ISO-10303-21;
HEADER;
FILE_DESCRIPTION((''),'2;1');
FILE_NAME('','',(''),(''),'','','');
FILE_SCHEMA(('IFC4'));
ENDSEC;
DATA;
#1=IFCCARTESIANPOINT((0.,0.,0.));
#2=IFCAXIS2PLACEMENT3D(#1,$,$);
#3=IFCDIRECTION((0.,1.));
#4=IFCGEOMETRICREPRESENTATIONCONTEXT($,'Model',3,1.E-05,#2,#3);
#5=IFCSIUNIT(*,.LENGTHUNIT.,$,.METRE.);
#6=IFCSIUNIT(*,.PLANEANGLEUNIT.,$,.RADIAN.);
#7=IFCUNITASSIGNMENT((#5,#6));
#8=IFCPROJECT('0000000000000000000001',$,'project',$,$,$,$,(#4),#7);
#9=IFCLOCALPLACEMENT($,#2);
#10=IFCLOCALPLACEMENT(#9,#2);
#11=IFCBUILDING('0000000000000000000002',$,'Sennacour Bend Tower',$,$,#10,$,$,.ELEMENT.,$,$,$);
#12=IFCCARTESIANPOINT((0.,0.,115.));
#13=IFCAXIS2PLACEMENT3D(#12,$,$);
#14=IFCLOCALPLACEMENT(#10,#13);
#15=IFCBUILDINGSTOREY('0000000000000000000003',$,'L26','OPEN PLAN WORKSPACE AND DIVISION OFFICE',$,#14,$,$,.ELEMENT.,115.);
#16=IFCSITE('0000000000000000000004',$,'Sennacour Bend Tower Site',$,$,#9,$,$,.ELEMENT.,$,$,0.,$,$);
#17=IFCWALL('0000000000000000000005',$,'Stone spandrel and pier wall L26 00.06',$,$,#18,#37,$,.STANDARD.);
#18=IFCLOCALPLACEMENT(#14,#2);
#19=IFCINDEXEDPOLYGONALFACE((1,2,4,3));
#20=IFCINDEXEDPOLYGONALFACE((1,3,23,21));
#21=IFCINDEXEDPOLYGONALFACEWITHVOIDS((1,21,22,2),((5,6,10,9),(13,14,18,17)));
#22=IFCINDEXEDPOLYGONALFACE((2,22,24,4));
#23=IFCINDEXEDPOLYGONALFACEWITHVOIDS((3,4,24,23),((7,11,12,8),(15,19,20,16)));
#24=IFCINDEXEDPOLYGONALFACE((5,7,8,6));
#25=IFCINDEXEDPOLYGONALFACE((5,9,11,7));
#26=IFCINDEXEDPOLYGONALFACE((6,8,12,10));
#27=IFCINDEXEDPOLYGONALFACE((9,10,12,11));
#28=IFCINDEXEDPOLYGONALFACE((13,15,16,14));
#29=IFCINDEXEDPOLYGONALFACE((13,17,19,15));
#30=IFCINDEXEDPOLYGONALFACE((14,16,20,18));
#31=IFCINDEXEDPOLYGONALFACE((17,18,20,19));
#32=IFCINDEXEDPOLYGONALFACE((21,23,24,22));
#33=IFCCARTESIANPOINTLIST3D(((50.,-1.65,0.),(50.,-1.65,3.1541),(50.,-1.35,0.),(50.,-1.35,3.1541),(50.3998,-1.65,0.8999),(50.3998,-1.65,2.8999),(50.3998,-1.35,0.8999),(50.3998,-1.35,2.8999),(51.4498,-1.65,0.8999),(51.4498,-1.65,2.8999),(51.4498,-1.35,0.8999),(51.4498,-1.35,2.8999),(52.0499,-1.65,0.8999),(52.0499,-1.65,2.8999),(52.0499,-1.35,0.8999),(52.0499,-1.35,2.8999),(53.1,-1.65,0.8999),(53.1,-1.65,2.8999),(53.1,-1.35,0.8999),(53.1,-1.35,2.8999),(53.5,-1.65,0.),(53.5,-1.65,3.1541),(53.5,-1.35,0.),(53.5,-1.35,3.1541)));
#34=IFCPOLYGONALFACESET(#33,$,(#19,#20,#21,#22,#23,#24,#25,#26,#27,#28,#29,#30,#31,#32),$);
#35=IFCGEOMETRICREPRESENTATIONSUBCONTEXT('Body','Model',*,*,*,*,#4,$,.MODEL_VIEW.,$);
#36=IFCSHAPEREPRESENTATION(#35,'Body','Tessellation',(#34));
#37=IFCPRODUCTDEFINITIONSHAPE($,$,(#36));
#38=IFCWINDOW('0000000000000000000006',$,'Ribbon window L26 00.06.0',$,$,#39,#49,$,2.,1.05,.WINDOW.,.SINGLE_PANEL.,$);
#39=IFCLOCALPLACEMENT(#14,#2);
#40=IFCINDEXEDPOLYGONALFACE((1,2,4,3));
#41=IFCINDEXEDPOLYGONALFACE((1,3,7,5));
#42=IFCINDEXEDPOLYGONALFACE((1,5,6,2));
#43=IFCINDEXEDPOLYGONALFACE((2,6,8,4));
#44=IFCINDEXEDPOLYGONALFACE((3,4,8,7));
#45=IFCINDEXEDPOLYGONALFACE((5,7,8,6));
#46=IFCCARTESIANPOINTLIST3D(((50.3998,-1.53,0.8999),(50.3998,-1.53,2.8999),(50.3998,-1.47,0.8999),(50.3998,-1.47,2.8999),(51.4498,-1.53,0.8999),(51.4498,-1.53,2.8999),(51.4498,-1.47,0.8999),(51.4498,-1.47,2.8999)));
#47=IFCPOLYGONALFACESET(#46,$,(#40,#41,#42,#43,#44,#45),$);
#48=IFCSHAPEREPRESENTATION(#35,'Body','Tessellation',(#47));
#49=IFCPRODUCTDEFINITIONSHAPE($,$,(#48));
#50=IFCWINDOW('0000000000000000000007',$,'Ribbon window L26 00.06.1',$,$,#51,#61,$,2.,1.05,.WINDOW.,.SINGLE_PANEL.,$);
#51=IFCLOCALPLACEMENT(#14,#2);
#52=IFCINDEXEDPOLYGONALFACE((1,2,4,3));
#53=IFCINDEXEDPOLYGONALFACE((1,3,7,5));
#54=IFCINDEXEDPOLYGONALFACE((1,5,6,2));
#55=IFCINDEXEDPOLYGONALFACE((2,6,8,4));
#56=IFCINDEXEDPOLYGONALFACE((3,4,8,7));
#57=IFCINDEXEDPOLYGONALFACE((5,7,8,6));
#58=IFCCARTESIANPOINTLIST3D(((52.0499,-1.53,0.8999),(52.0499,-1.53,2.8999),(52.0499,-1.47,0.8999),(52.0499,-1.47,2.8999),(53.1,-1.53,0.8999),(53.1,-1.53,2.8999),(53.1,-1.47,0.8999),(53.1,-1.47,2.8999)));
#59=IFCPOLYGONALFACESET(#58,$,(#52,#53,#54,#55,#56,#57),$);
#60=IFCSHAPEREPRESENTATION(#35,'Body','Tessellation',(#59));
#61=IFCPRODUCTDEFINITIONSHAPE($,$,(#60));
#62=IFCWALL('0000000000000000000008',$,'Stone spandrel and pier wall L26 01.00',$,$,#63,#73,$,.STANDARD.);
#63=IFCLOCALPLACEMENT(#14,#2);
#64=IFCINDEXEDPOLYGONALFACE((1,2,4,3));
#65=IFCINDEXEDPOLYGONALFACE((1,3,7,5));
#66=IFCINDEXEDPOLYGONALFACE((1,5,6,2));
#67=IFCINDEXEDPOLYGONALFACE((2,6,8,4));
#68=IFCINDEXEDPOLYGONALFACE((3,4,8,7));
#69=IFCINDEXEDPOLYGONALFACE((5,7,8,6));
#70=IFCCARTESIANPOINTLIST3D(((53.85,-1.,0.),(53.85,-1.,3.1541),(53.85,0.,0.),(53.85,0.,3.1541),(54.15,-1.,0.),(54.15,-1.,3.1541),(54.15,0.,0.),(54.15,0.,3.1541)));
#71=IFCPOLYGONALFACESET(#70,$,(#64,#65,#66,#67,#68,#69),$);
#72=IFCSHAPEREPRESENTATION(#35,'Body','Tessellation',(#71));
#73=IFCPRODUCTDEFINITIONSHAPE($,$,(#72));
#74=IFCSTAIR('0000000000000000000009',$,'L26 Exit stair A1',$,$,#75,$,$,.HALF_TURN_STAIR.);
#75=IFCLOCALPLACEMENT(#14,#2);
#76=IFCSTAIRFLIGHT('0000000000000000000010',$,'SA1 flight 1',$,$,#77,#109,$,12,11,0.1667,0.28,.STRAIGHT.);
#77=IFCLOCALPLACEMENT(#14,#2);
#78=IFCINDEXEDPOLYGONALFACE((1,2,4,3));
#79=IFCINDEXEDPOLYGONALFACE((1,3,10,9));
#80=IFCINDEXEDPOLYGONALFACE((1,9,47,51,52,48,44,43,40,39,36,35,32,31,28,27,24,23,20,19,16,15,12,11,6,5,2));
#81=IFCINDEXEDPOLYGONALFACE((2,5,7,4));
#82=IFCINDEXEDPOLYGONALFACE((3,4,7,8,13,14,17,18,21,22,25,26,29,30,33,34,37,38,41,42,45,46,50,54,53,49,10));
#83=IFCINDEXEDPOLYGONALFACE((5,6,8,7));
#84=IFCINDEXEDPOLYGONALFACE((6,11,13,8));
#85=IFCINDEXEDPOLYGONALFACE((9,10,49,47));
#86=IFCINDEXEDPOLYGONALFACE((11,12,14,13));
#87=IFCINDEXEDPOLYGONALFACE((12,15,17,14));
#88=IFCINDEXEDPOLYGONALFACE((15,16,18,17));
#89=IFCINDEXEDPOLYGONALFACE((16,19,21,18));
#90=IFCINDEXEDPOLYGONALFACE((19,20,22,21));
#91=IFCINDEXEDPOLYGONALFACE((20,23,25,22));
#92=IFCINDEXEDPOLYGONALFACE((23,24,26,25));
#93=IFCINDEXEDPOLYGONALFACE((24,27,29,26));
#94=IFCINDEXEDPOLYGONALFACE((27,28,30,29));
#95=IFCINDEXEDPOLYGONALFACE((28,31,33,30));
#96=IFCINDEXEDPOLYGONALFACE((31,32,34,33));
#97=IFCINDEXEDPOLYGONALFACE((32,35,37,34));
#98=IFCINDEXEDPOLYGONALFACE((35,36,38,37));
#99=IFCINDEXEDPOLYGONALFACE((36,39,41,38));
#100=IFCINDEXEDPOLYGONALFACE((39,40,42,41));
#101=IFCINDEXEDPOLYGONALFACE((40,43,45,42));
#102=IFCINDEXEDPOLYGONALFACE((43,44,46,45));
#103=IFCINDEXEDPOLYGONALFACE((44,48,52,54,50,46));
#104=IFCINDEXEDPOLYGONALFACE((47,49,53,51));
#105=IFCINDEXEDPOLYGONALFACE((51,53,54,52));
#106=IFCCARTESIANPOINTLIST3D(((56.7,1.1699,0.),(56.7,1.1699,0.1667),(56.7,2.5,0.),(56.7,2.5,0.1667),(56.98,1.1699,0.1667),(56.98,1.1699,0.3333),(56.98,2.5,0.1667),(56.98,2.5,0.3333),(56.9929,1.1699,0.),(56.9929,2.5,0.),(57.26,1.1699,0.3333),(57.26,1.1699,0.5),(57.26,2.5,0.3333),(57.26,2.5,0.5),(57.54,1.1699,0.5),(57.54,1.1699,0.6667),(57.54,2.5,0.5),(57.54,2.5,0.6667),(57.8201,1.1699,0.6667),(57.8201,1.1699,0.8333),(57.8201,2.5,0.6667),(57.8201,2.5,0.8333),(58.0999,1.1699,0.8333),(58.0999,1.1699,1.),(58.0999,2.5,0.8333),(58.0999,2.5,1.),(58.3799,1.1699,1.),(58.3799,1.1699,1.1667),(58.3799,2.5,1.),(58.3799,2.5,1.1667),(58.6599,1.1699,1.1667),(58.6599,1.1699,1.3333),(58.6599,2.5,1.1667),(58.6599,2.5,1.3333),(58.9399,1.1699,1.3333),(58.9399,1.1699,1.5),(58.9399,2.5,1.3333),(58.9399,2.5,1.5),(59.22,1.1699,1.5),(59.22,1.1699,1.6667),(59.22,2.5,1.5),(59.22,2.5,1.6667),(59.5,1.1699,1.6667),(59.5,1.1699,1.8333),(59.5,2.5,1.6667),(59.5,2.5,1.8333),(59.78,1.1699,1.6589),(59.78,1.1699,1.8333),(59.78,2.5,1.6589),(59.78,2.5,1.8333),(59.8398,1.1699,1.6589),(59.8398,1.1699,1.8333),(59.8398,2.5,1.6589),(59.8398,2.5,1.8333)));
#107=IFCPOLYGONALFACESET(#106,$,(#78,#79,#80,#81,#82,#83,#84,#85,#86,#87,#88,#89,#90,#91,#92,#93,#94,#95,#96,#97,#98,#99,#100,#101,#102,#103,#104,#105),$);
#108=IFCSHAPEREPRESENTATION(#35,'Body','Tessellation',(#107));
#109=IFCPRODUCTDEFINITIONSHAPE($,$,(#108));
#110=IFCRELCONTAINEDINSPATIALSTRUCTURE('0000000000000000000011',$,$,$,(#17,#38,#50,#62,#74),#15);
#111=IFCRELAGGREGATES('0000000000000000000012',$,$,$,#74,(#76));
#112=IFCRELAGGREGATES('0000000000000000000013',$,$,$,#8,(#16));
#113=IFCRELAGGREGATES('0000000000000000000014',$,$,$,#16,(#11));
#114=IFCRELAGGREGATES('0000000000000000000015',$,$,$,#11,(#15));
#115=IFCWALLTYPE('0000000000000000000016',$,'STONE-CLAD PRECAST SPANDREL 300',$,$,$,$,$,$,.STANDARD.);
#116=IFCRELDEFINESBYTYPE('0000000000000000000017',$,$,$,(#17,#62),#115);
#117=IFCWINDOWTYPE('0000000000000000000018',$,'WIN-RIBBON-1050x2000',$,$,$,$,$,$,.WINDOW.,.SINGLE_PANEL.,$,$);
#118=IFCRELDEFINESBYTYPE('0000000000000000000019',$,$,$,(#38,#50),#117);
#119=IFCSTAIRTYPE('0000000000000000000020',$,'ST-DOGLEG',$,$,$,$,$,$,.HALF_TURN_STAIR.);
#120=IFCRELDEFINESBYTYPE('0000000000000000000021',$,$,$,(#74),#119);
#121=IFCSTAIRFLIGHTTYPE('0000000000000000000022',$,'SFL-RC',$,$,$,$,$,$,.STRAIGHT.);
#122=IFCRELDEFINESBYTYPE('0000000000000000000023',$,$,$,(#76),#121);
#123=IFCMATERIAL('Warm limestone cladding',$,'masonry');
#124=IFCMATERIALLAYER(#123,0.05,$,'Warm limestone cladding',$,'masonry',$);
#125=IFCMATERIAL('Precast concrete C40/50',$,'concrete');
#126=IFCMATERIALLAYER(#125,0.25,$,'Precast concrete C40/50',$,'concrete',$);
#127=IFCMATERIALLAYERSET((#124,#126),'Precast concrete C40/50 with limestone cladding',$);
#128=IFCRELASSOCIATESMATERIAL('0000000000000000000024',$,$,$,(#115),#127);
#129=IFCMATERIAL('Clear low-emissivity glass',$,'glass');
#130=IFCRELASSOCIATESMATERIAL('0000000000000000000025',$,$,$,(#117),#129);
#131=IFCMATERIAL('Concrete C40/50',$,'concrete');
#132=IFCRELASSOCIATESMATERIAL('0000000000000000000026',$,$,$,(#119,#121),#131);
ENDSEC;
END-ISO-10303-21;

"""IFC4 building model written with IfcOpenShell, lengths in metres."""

from ifc_helpers import new_model, si_unit, direction, frame, frame_2d, origin, place, context, subcontext, project, spatial, polyline, rectangle, outline, extrude, material, layer, layer_set, type_object, element, fill, aggregate, save


model = new_model("IFC4")

# Units and contexts
model_context = context("Model", 3, precision=1e-05, world=origin(), true_north=direction((0.0, 1.0)))
body_context = subcontext(model_context, "Body", "Model", "MODEL_VIEW")
ifc_project = project(units=[si_unit("LENGTHUNIT", "METRE"), si_unit("PLANEANGLEUNIT", "RADIAN")], contexts=[model_context])

# Site, building, storey
site_placement = place(None, origin())
site = spatial("IfcSite", under=ifc_project, at=site_placement, Name="Sennacour Bend Tower Site", CompositionType="ELEMENT", RefElevation=0.0)
building_placement = place(site_placement, origin())
building = spatial("IfcBuilding", under=site, at=building_placement, Name="Sennacour Bend Tower", CompositionType="ELEMENT")
storey_placement = place(building_placement, frame((0.0, 0.0, 115.0)))
storey = spatial("IfcBuildingStorey", under=building, at=storey_placement, Name="L26", Description="OPEN PLAN WORKSPACE AND DIVISION OFFICE", CompositionType="ELEMENT", Elevation=115.0)

# Wall, openings, windows
ifc_material_1 = material(Name="Warm limestone cladding", Category="masonry")
ifc_layer_1 = layer(ifc_material_1, 0.05, Name="Warm limestone cladding", Category="masonry")
ifc_material_2 = material(Name="Precast concrete C40/50", Category="concrete")
ifc_layer_2 = layer(ifc_material_2, 0.25, Name="Precast concrete C40/50", Category="concrete")
ifc_layer_set_1 = layer_set([ifc_layer_1, ifc_layer_2], Name="Precast concrete C40/50 with limestone cladding")
wall_type_1 = type_object("IfcWallType", Name="STONE-CLAD PRECAST SPANDREL 300", PredefinedType="STANDARD", material=ifc_layer_set_1)
wall_1_placement = place(storey_placement, frame((50.0, -1.5, 0.0), z_axis=(0.0, 0.0, 1.0), x_axis=(1.0, 0.0, 0.0)))
wall_1 = element("IfcWall", 1, at=wall_1_placement, inside=storey, type_object=wall_type_1, Name="Stone spandrel and pier wall L26 00.06", PredefinedType="STANDARD", context=body_context, shape_type="SweptSolid", body=[
    extrude(rectangle(XDim=3.5, YDim=0.3, at=frame_2d((1.75, 0.0))), origin(), (0.0, 0.0, 1.0), 3.1541),
])
opening_1_placement = place(wall_1_placement, frame((0.3999, 0.0, 0.8999)))
opening_1 = element("IfcOpeningElement", 2, at=opening_1_placement, cuts=wall_1, PredefinedType="OPENING", context=body_context, shape_type="SweptSolid", body=[
    extrude(rectangle(XDim=1.05, YDim=2.0, at=frame_2d((0.5249, 1.0))), frame((0.0, 0.1602, 0.0), z_axis=(0.0, -1.0, 0.0), x_axis=(1.0, 0.0, 0.0)), (0.0, 0.0, 1.0), 0.3201),
])
opening_2_placement = place(wall_1_placement, frame((2.05, 0.0, 0.8999)))
opening_2 = element("IfcOpeningElement", 3, at=opening_2_placement, cuts=wall_1, PredefinedType="OPENING", context=body_context, shape_type="SweptSolid", body=[
    extrude(rectangle(XDim=1.05, YDim=2.0, at=frame_2d((0.5249, 1.0))), frame((0.0, 0.1602, 0.0), z_axis=(0.0, -1.0, 0.0), x_axis=(1.0, 0.0, 0.0)), (0.0, 0.0, 1.0), 0.3201),
])
ifc_material_3 = material(Name="Clear low-emissivity glass", Category="glass")
window_type = type_object("IfcWindowType", Name="WIN-RIBBON-1050x2000", PartitioningType="SINGLE_PANEL", PredefinedType="WINDOW", material=ifc_material_3)
window_1_placement = place(opening_1_placement, origin())
window_1 = element("IfcWindow", 4, at=window_1_placement, inside=storey, type_object=window_type, Name="Ribbon window L26 00.06.0", OverallHeight=2.0, OverallWidth=1.05, PartitioningType="SINGLE_PANEL", PredefinedType="WINDOW", context=body_context, shape_type="SweptSolid", body=[
    extrude(rectangle(XDim=1.05, YDim=2.0, at=frame_2d((0.5249, 1.0))), frame((0.0, 0.03, 0.0), z_axis=(0.0, -1.0, 0.0), x_axis=(1.0, 0.0, 0.0)), (0.0, 0.0, 1.0), 0.0601),
])
fill(opening_1, window_1)
window_2_placement = place(opening_2_placement, origin())
window_2 = element("IfcWindow", 5, at=window_2_placement, inside=storey, type_object=window_type, Name="Ribbon window L26 00.06.1", OverallHeight=2.0, OverallWidth=1.05, PartitioningType="SINGLE_PANEL", PredefinedType="WINDOW", context=body_context, shape_type="SweptSolid", body=[
    extrude(rectangle(XDim=1.05, YDim=2.0, at=frame_2d((0.5249, 1.0))), frame((0.0, 0.03, 0.0), z_axis=(0.0, -1.0, 0.0), x_axis=(1.0, 0.0, 0.0)), (0.0, 0.0, 1.0), 0.0601),
])
fill(opening_2, window_2)

# Wall
wall_2_placement = place(storey_placement, frame((54.0, -1.0, 0.0), z_axis=(0.0, 0.0, 1.0), x_axis=(0.0, 1.0, 0.0)))
element("IfcWall", 6, at=wall_2_placement, inside=storey, type_object=wall_type_1, Name="Stone spandrel and pier wall L26 01.00", PredefinedType="STANDARD", context=body_context, shape_type="SweptSolid", body=[
    extrude(rectangle(XDim=1.0, YDim=0.3, at=frame_2d((0.5, 0.0))), origin(), (0.0, 0.0, 1.0), 3.1541),
])

# Stair, stair flight
ifc_material_4 = material(Name="Concrete C40/50", Category="concrete")
stair_type = type_object("IfcStairType", Name="ST-DOGLEG", PredefinedType="HALF_TURN_STAIR", material=ifc_material_4)
stair_placement = place(storey_placement, origin())
stair = element("IfcStair", 7, at=stair_placement, inside=storey, type_object=stair_type, Name="L26 Exit stair A1", PredefinedType="HALF_TURN_STAIR")
stair_flight_type = type_object("IfcStairFlightType", Name="SFL-RC", PredefinedType="STRAIGHT", material=ifc_material_4)
stair_flight_placement = place(storey_placement, frame((56.7, 1.835, 0.0), z_axis=(0.0, 0.0, 1.0), x_axis=(1.0, 0.0, 0.0)))
stair_flight = element("IfcStairFlight", 8, at=stair_flight_placement, type_object=stair_flight_type, Name="SA1 flight 1", NumberOfRisers=12, NumberOfTreads=11, PredefinedType="STRAIGHT", RiserHeight=0.1667, TreadLength=0.28, context=body_context, shape_type="SweptSolid", body=[
    extrude(outline(polyline([(0.0, 0.0), (0.0, 0.1667), (0.28, 0.1667), (0.28, 0.3333), (0.5601, 0.3333), (0.5601, 0.5), (0.8401, 0.5), (0.8401, 0.6667), (1.1201, 0.6667), (1.1201, 0.8333), (1.3999, 0.8333), (1.3999, 1.0), (1.6799, 1.0), (1.6799, 1.1667), (1.96, 1.1667), (1.96, 1.3333), (2.24, 1.3333), (2.24, 1.5), (2.52, 1.5), (2.52, 1.6667), (2.8, 1.6667), (2.8, 1.8333), (3.0801, 1.8333), (3.1399, 1.8333), (3.1399, 1.6589), (3.0801, 1.6589), (0.293, 0.0), (0.0, 0.0)])), frame((0.0, 0.665, 0.0), z_axis=(0.0, -1.0, 0.0), x_axis=(1.0, 0.0, 0.0)), (0.0, 0.0, 1.0), 1.3301),
])
aggregate(stair, [stair_flight])

save(model, "model.ifc")
